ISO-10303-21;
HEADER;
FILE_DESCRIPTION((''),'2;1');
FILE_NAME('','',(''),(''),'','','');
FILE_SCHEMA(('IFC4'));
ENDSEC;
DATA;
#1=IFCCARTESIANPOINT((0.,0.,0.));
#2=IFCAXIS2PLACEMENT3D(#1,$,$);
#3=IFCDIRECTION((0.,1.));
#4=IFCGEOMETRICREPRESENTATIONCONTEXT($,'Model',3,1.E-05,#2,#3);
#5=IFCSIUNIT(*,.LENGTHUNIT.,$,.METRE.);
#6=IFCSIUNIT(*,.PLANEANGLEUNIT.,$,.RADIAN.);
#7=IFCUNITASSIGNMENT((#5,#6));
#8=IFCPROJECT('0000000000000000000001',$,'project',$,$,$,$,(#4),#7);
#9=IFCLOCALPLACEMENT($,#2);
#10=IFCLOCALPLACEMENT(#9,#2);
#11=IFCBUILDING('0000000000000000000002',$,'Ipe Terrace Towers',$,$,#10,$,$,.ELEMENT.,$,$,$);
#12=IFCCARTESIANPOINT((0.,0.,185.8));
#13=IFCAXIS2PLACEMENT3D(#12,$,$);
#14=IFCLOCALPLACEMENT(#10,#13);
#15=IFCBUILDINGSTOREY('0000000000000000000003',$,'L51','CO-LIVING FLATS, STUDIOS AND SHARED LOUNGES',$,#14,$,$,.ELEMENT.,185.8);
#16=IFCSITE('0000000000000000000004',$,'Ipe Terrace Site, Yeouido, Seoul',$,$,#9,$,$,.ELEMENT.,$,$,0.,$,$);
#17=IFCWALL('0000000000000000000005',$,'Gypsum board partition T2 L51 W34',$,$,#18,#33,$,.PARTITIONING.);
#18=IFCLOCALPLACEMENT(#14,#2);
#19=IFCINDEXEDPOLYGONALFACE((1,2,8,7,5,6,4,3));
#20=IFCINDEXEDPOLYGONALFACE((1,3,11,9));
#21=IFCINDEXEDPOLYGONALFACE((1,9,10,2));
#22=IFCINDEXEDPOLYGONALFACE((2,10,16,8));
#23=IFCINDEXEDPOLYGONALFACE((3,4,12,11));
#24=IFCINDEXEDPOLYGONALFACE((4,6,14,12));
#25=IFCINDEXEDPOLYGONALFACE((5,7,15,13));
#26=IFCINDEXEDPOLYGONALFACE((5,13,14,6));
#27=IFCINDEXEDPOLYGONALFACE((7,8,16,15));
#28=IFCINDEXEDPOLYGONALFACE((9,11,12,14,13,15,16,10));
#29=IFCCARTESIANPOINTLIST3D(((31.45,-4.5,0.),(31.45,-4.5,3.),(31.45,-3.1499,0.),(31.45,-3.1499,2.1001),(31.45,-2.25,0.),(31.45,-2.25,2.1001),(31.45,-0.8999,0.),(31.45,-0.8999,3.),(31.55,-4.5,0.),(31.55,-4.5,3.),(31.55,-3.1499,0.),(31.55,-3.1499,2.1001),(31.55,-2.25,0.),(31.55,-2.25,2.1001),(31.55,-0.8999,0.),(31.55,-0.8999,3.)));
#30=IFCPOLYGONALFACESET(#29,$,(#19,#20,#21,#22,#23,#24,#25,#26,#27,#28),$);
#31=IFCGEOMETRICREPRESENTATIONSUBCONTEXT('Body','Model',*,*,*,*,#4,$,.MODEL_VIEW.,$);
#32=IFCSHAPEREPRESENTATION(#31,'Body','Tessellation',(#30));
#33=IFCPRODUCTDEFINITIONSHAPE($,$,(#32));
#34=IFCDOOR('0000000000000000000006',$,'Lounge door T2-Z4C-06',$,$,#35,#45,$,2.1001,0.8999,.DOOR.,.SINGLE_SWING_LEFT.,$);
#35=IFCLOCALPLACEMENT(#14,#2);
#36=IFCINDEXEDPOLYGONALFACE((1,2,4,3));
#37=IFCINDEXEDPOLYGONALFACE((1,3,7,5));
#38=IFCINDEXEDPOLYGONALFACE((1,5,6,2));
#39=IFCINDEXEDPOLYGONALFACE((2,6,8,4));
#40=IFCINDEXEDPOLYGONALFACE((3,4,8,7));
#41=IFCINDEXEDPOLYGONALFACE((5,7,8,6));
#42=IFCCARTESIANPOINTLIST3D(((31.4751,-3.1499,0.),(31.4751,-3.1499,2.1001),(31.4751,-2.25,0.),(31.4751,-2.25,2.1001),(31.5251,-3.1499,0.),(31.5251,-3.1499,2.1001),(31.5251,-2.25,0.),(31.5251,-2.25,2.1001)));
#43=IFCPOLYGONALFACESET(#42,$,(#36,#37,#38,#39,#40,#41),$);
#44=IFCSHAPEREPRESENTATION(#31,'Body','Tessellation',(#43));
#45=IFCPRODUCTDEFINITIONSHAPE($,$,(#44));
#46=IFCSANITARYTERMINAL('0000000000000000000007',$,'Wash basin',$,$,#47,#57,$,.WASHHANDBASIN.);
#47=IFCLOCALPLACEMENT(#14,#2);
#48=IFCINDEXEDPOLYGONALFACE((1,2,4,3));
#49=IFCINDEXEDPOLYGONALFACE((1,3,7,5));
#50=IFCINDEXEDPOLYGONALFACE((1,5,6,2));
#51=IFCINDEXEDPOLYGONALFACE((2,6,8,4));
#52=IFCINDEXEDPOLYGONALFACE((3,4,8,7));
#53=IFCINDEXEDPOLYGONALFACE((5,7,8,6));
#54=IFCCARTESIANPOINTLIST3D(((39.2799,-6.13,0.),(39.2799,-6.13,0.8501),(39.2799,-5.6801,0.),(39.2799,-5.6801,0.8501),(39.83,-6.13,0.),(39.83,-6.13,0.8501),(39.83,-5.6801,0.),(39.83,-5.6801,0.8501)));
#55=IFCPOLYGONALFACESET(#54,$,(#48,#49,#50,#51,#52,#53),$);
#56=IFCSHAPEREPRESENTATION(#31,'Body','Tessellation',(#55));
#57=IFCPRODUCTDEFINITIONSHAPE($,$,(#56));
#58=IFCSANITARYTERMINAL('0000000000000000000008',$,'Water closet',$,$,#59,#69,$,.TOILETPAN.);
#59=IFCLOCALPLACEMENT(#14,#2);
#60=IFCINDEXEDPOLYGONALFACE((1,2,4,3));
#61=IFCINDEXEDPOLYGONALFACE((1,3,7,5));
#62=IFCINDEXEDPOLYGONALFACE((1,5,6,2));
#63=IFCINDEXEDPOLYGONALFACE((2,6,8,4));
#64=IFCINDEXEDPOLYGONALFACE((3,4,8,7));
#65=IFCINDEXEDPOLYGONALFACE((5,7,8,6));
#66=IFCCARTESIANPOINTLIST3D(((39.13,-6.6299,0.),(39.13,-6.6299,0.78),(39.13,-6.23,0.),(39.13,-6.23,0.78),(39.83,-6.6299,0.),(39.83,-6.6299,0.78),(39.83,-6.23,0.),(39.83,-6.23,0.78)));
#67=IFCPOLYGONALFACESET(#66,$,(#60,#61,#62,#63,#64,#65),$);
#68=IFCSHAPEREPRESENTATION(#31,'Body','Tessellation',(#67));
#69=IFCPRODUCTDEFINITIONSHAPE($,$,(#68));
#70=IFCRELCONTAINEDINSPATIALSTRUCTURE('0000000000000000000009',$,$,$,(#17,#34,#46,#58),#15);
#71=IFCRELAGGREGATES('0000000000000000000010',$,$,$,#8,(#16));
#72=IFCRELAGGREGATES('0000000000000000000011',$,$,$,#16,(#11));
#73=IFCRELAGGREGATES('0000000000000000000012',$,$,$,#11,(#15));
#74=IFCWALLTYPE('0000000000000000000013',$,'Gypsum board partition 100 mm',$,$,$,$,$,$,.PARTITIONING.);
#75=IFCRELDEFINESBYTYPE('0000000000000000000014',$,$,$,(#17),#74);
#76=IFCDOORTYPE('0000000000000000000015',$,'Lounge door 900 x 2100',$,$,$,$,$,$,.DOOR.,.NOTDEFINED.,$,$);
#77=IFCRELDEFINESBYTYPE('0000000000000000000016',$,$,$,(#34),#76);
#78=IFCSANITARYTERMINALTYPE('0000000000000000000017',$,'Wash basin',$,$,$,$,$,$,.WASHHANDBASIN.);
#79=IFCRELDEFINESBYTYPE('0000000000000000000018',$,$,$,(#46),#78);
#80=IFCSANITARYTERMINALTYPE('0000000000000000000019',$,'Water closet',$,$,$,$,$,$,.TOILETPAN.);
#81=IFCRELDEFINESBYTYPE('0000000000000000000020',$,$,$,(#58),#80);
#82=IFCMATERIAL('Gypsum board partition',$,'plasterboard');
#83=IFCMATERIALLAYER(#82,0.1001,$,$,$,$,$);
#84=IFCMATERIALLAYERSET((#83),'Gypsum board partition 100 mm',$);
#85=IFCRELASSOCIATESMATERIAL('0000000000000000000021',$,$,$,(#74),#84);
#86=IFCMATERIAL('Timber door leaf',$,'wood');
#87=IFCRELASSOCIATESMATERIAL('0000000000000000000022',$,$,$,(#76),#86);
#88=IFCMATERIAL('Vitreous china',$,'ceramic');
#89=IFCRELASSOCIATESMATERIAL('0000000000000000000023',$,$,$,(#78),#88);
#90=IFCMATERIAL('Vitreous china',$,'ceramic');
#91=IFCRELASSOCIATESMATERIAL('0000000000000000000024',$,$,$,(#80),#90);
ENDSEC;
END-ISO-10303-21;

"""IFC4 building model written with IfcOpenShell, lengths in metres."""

from ifc_helpers import new_model, si_unit, direction, frame, frame_2d, origin, origin_2d, place, context, subcontext, project, spatial, rectangle, extrude, material, layer, layer_set, type_object, element, fill, save


model = new_model("IFC4")

# Units and contexts
model_context = context("Model", 3, precision=1e-05, world=origin(), true_north=direction((0.0, 1.0)))
body_context = subcontext(model_context, "Body", "Model", "MODEL_VIEW")
ifc_project = project(units=[si_unit("LENGTHUNIT", "METRE"), si_unit("PLANEANGLEUNIT", "RADIAN")], contexts=[model_context])

# Site, building, storey
site_placement = place(None, origin())
site = spatial("IfcSite", under=ifc_project, at=site_placement, Name="Ipe Terrace Site, Yeouido, Seoul", CompositionType="ELEMENT", RefElevation=0.0)
building_placement = place(site_placement, origin())
building = spatial("IfcBuilding", under=site, at=building_placement, Name="Ipe Terrace Towers", CompositionType="ELEMENT")
storey_placement = place(building_placement, frame((0.0, 0.0, 185.8)))
storey = spatial("IfcBuildingStorey", under=building, at=storey_placement, Name="L51", Description="CO-LIVING FLATS, STUDIOS AND SHARED LOUNGES", CompositionType="ELEMENT", Elevation=185.8)

# Shared definitions
ifc_material_1 = material(Name="Gypsum board partition", Category="plasterboard")
ifc_layer = layer(ifc_material_1, 0.1001)
ifc_layer_set = layer_set([ifc_layer], Name="Gypsum board partition 100 mm")
wall_type = type_object("IfcWallType", Name="Gypsum board partition 100 mm", PredefinedType="PARTITIONING", material=ifc_layer_set)

# Shared definitions
ifc_material_2 = material(Name="Timber door leaf", Category="wood")
door_type_1 = type_object("IfcDoorType", Name="Lounge door 900 x 2100", OperationType="NOTDEFINED", PredefinedType="DOOR", material=ifc_material_2)

# Wall, opening, door
wall_1_placement = place(storey_placement, frame((31.5, -4.5, 0.0), z_axis=(0.0, 0.0, 1.0), x_axis=(0.0, 1.0, 0.0)))
wall_1 = element("IfcWall", 1, at=wall_1_placement, inside=storey, type_object=wall_type, Name="Gypsum board partition T2 L51 W34", PredefinedType="PARTITIONING", context=body_context, shape_type="SweptSolid", body=[
    extrude(rectangle(XDim=3.6001, YDim=0.1001, at=frame_2d((1.8, 0.0))), origin(), (0.0, 0.0, 1.0), 3.0),
])
opening_1_placement = place(wall_1_placement, frame((1.3501, 0.0, 0.0)))
opening_1 = element("IfcOpeningElement", 2, at=opening_1_placement, cuts=wall_1, PredefinedType="OPENING", context=body_context, shape_type="SweptSolid", body=[
    extrude(rectangle(XDim=0.8999, YDim=2.1001, at=frame_2d((0.45, 1.05))), frame((0.0, 0.0601, 0.0), z_axis=(0.0, -1.0, 0.0), x_axis=(1.0, 0.0, 0.0)), (0.0, 0.0, 1.0), 0.1201),
])
door_1_placement = place(opening_1_placement, origin())
door_1 = element("IfcDoor", 3, at=door_1_placement, inside=storey, type_object=door_type_1, Name="Lounge door T2-Z4C-06", OperationType="SINGLE_SWING_LEFT", OverallHeight=2.1001, OverallWidth=0.8999, PredefinedType="DOOR", context=body_context, shape_type="SweptSolid", body=[
    extrude(rectangle(XDim=0.8999, YDim=2.1001, at=frame_2d((0.45, 1.05))), frame((0.0, 0.0249, 0.0), z_axis=(0.0, -1.0, 0.0), x_axis=(1.0, 0.0, 0.0)), (0.0, 0.0, 1.0), 0.05),
])
fill(opening_1, door_1)

# Sanitary terminals
ifc_material_3 = material(Name="Vitreous china", Category="ceramic")
sanitary_terminal_type_1 = type_object("IfcSanitaryTerminalType", Name="Wash basin", PredefinedType="WASHHANDBASIN", material=ifc_material_3)
sanitary_terminal_1_placement = place(storey_placement, frame((39.5549, -5.905, 0.0), z_axis=(0.0, 0.0, 1.0), x_axis=(-1.0, 0.0, 0.0)))
element("IfcSanitaryTerminal", 4, at=sanitary_terminal_1_placement, inside=storey, type_object=sanitary_terminal_type_1, Name="Wash basin", PredefinedType="WASHHANDBASIN", context=body_context, shape_type="SweptSolid", body=[
    extrude(rectangle(XDim=0.55, YDim=0.45, at=origin_2d()), origin(), (0.0, 0.0, 1.0), 0.8501),
])
ifc_material_4 = material(Name="Vitreous china", Category="ceramic")
sanitary_terminal_type_2 = type_object("IfcSanitaryTerminalType", Name="Water closet", PredefinedType="TOILETPAN", material=ifc_material_4)
sanitary_terminal_2_placement = place(storey_placement, frame((39.48, -6.4299, 0.0), z_axis=(0.0, 0.0, 1.0), x_axis=(-1.0, 0.0, 0.0)))
element("IfcSanitaryTerminal", 5, at=sanitary_terminal_2_placement, inside=storey, type_object=sanitary_terminal_type_2, Name="Water closet", PredefinedType="TOILETPAN", context=body_context, shape_type="SweptSolid", body=[
    extrude(rectangle(XDim=0.7, YDim=0.3999, at=origin_2d()), origin(), (0.0, 0.0, 1.0), 0.78),
])

save(model, "model.ifc")
